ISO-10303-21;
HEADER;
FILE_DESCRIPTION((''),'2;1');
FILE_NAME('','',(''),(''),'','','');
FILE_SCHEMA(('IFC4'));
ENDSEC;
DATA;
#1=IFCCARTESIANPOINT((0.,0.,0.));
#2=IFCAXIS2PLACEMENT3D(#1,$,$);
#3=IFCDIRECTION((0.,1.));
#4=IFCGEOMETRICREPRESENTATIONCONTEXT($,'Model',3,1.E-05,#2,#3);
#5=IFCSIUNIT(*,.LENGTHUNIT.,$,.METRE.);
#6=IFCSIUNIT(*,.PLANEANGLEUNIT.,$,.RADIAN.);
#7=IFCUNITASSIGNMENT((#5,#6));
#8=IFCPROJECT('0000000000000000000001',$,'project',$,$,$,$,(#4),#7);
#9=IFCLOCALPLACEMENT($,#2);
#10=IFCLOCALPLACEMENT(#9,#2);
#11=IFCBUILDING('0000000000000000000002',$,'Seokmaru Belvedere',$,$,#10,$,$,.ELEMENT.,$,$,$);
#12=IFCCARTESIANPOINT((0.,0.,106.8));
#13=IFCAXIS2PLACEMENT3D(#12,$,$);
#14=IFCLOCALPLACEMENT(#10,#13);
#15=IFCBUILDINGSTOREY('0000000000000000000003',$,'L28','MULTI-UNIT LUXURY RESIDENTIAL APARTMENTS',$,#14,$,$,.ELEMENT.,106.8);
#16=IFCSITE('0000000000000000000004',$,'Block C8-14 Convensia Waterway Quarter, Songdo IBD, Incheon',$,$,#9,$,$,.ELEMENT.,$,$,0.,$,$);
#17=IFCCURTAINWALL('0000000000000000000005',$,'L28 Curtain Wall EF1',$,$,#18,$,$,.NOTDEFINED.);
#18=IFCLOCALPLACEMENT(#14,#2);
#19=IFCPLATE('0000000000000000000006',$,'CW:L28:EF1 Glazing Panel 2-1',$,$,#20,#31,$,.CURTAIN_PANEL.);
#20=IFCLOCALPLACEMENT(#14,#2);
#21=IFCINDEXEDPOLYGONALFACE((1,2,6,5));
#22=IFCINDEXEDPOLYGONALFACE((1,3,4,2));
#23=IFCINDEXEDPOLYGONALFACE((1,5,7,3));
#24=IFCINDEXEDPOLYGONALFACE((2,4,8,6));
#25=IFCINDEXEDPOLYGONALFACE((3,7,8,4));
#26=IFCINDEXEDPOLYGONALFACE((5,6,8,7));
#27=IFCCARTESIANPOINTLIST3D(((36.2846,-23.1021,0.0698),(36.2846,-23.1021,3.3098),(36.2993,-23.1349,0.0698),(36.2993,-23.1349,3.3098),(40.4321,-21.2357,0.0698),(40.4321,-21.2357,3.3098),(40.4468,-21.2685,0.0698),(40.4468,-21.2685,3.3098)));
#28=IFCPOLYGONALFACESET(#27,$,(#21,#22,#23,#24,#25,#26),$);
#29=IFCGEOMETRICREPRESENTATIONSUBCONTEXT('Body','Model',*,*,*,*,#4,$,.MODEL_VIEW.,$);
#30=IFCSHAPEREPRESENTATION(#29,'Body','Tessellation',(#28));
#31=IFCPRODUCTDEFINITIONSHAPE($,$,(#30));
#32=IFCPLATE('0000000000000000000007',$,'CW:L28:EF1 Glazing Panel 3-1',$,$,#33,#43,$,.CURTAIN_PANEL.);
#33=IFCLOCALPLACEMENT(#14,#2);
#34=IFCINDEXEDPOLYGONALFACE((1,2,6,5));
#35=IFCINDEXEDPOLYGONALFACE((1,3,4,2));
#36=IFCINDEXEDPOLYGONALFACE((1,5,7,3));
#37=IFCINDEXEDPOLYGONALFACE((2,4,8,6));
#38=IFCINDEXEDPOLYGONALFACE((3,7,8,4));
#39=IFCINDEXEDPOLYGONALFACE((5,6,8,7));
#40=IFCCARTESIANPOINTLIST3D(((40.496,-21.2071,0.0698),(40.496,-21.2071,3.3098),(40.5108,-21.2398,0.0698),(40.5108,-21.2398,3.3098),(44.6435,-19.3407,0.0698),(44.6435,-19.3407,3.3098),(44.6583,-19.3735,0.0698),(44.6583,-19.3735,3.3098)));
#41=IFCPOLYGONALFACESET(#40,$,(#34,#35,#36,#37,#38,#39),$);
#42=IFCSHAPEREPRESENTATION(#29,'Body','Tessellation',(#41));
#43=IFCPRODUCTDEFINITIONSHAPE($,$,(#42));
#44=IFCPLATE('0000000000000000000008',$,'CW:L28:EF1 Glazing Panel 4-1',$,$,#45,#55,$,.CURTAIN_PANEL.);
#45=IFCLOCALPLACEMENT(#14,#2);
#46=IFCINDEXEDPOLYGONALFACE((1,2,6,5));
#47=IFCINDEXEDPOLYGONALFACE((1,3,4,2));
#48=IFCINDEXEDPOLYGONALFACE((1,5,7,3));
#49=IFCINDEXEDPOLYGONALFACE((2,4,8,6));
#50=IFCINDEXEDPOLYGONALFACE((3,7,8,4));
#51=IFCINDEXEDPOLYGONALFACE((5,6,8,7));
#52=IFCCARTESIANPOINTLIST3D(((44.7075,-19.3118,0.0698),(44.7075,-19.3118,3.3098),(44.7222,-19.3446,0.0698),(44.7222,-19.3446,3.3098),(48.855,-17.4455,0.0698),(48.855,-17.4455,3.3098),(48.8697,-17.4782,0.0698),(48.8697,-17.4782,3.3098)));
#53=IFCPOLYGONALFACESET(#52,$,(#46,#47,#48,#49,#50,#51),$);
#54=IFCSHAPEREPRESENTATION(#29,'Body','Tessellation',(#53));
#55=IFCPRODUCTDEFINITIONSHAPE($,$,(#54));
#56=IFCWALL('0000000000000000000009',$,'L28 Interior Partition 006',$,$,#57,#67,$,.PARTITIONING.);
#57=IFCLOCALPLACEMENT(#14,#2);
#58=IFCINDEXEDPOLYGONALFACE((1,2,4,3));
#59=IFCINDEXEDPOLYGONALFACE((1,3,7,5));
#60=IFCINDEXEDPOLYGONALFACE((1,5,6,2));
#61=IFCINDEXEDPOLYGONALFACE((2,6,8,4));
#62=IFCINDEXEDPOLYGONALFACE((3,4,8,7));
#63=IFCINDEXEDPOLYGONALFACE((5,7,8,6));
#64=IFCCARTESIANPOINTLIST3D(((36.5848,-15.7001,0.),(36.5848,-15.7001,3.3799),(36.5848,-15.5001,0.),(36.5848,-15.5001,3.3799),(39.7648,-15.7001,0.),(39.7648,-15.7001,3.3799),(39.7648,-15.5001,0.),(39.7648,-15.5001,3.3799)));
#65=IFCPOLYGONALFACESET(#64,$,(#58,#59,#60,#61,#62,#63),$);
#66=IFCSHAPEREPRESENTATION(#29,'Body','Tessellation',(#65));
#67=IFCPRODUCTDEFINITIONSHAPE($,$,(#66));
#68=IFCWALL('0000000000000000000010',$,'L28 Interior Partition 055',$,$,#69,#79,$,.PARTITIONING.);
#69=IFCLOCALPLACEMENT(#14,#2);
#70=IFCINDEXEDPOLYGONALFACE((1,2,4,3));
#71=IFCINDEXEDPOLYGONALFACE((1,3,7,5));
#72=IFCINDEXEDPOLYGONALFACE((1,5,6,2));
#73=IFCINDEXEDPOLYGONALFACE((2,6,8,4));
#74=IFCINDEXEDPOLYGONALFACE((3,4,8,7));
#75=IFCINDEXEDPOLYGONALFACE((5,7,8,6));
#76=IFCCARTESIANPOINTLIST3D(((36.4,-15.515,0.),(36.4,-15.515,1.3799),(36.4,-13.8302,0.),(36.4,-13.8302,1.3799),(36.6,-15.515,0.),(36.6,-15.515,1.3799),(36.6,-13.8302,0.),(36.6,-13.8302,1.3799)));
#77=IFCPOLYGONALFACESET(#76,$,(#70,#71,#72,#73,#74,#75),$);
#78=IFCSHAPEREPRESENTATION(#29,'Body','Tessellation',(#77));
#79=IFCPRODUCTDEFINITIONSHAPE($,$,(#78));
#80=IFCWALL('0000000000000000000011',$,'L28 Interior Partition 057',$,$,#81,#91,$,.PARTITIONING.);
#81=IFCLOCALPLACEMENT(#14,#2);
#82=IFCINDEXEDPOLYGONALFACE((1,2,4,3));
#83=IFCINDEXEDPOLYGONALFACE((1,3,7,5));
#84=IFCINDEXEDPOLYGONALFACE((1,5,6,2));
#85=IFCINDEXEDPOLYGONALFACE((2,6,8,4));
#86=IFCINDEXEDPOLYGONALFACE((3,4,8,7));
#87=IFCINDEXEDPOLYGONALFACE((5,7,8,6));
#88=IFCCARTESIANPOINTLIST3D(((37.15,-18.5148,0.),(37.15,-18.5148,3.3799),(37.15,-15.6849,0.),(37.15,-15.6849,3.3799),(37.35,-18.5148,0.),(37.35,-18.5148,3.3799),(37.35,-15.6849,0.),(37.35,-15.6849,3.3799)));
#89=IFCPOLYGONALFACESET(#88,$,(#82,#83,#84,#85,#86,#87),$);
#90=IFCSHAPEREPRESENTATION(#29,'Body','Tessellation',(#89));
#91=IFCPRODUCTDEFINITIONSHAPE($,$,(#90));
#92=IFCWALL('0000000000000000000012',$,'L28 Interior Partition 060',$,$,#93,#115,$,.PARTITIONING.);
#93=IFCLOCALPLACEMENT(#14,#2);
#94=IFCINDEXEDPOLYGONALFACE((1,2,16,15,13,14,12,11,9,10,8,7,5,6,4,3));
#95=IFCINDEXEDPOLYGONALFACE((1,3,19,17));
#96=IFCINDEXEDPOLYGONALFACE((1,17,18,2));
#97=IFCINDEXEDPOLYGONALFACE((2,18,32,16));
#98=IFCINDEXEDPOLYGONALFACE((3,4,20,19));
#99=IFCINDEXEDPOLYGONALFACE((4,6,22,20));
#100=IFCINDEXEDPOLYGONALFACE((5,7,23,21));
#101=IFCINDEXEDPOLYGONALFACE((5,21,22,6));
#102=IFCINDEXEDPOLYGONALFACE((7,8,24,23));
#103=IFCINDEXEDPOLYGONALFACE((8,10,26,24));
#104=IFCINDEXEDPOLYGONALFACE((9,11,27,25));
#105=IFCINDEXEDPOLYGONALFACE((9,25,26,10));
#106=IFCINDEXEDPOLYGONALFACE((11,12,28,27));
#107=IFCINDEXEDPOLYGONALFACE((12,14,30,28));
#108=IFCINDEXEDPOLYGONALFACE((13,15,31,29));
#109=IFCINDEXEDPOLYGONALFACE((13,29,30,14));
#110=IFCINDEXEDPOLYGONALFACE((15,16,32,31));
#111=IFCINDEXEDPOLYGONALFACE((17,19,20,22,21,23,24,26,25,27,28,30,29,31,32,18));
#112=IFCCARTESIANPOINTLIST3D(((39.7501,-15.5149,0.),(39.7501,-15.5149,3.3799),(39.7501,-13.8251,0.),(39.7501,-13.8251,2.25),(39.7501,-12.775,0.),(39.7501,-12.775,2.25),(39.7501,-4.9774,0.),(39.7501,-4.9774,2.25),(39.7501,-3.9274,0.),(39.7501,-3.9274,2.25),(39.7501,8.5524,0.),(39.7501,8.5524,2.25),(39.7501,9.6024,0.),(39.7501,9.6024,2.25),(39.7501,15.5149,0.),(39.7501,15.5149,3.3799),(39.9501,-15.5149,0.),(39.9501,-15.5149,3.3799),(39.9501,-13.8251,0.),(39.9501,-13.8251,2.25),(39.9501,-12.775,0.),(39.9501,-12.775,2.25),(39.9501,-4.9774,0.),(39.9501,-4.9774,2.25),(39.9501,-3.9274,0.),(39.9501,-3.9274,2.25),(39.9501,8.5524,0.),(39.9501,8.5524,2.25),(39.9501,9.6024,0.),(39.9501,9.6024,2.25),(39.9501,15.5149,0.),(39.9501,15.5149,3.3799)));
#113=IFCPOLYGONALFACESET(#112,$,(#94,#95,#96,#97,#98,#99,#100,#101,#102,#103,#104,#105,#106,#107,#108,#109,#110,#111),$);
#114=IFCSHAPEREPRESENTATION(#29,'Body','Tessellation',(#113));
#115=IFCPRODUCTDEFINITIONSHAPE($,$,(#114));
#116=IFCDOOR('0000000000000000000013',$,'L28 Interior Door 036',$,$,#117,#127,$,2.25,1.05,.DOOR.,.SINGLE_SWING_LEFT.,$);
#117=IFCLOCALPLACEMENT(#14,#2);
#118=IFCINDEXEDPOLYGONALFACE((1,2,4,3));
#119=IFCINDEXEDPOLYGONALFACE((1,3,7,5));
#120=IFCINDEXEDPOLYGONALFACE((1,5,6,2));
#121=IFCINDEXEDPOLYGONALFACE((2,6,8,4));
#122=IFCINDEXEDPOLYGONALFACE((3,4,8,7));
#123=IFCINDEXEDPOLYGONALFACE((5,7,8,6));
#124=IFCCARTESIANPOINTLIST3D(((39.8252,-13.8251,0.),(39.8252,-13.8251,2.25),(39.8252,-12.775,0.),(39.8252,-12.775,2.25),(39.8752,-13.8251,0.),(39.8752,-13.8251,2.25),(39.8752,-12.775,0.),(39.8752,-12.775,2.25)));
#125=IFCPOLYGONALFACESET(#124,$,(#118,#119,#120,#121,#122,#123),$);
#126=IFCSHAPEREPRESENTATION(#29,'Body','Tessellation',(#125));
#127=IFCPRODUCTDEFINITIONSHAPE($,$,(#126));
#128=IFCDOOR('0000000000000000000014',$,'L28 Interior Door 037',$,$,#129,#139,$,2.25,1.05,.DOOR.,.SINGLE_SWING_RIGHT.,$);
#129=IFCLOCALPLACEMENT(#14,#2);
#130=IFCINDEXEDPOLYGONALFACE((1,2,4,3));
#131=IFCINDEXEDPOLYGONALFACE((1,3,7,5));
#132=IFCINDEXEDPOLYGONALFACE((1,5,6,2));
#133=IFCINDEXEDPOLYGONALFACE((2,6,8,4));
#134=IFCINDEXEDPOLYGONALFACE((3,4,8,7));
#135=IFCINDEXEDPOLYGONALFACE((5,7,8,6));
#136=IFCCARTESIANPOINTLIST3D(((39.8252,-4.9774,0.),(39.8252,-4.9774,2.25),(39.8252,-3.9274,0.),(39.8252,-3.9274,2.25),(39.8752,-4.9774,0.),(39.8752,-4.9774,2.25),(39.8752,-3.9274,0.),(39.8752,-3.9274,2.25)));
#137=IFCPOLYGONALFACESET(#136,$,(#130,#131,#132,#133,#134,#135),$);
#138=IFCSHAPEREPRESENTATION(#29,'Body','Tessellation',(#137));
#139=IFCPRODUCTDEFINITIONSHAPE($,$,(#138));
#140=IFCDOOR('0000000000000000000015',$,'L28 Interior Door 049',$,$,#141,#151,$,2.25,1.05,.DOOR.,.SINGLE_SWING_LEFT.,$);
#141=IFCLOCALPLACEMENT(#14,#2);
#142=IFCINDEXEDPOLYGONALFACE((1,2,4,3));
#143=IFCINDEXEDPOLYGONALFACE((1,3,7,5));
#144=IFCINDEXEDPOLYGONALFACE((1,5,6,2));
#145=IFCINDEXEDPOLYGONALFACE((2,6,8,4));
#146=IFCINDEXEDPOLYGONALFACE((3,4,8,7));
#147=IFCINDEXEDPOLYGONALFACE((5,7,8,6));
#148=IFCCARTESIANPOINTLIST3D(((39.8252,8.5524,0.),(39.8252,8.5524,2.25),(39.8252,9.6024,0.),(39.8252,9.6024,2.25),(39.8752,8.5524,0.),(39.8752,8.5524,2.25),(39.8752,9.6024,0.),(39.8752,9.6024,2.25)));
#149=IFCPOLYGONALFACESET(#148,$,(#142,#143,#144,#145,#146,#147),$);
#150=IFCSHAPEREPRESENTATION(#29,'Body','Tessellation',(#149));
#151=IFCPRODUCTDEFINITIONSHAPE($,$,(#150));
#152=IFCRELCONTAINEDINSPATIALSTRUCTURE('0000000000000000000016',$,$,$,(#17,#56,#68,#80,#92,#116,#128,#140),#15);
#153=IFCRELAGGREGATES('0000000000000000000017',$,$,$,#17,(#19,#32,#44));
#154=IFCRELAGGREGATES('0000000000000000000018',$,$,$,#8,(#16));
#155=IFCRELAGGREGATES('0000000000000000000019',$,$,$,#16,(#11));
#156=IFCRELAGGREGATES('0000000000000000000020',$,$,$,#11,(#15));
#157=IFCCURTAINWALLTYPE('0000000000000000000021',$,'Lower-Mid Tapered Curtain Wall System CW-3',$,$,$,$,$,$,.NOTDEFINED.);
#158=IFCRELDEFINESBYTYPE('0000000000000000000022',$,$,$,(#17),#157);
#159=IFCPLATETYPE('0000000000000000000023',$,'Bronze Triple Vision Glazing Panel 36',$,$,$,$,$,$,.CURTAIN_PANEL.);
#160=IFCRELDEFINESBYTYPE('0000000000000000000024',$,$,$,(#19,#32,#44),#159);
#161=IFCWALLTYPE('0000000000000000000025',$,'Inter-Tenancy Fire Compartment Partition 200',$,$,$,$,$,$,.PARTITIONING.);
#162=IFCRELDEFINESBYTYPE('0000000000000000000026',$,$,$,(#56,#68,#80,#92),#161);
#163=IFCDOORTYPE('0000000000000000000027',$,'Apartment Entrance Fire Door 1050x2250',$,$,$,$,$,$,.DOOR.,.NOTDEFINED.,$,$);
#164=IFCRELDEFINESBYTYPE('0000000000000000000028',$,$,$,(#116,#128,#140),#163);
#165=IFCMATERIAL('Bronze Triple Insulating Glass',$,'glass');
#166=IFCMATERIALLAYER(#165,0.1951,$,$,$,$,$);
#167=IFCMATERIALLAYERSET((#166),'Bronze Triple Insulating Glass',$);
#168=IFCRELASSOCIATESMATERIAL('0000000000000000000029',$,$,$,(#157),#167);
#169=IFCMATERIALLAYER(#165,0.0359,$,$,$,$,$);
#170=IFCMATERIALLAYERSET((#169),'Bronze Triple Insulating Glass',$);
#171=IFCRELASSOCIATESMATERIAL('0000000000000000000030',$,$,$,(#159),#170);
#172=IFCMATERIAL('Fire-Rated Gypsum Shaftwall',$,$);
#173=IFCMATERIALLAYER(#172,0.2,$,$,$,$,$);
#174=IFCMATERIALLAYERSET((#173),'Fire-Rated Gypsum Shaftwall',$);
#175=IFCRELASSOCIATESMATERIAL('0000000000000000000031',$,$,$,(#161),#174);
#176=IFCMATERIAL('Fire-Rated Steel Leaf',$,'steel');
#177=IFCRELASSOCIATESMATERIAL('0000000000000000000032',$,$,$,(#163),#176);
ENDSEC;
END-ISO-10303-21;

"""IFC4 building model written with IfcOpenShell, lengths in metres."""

from ifc_helpers import new_model, si_unit, direction, frame, frame_2d, origin, origin_2d, place, context, subcontext, project, spatial, rectangle, extrude, source, transform, mapped, material, layer, layer_set, type_object, type_shapes, element, fill, aggregate, save


model = new_model("IFC4")

# Units and contexts
model_context = context("Model", 3, precision=1e-05, world=origin(), true_north=direction((0.0, 1.0)))
body_context = subcontext(model_context, "Body", "Model", "MODEL_VIEW")
ifc_project = project(units=[si_unit("LENGTHUNIT", "METRE"), si_unit("PLANEANGLEUNIT", "RADIAN")], contexts=[model_context])

# Site, building, storey
site_placement = place(None, origin())
site = spatial("IfcSite", under=ifc_project, at=site_placement, Name="Block C8-14 Convensia Waterway Quarter, Songdo IBD, Incheon", CompositionType="ELEMENT", RefElevation=0.0)
building_placement = place(site_placement, origin())
building = spatial("IfcBuilding", under=site, at=building_placement, Name="Seokmaru Belvedere", CompositionType="ELEMENT")
storey_placement = place(building_placement, frame((0.0, 0.0, 106.8)))
storey = spatial("IfcBuildingStorey", under=building, at=storey_placement, Name="L28", Description="MULTI-UNIT LUXURY RESIDENTIAL APARTMENTS", CompositionType="ELEMENT", Elevation=106.8)

# Curtain wall, plates
ifc_material_1 = material(Name="Bronze Triple Insulating Glass", Category="glass")
ifc_layer_1 = layer(ifc_material_1, 0.1951)
ifc_layer_set_1 = layer_set([ifc_layer_1], Name="Bronze Triple Insulating Glass")
curtain_wall_type = type_object("IfcCurtainWallType", Name="Lower-Mid Tapered Curtain Wall System CW-3", PredefinedType="NOTDEFINED", material=ifc_layer_set_1)
curtain_wall_placement = place(storey_placement, origin())
curtain_wall = element("IfcCurtainWall", 1, at=curtain_wall_placement, inside=storey, type_object=curtain_wall_type, Name="L28 Curtain Wall EF1", PredefinedType="NOTDEFINED")
ifc_layer_2 = layer(ifc_material_1, 0.0359)
ifc_layer_set_2 = layer_set([ifc_layer_2], Name="Bronze Triple Insulating Glass")
plate_type = type_object("IfcPlateType", Name="Bronze Triple Vision Glazing Panel 36", PredefinedType="CURTAIN_PANEL", material=ifc_layer_set_2)
shared_shape_1 = source(origin(), body_context, "Body", "SweptSolid", [
    extrude(rectangle(XDim=4.5481, YDim=0.0359, at=origin_2d()), origin(), (0.0, 0.0, 1.0), 3.24),
])
type_shapes(plate_type, [shared_shape_1])
plate_1_placement = place(storey_placement, frame((38.3657, -22.1853, 0.0698), z_axis=(0.0, 0.0, 1.0), x_axis=(0.911921, 0.410366, 0.0)))
plate_1 = element("IfcPlate", 2, at=plate_1_placement, type_object=plate_type, Name="CW:L28:EF1 Glazing Panel 2-1", PredefinedType="CURTAIN_PANEL", context=body_context, shape_type="MappedRepresentation", body=[
    mapped(shared_shape_1, transform((0.0, 0.0, 0.0), scale=1.0)),
])
plate_2_placement = place(storey_placement, frame((42.5771, -20.2903, 0.0698), z_axis=(0.0, 0.0, 1.0), x_axis=(0.911921, 0.410366, 0.0)))
plate_2 = element("IfcPlate", 3, at=plate_2_placement, type_object=plate_type, Name="CW:L28:EF1 Glazing Panel 3-1", PredefinedType="CURTAIN_PANEL", context=body_context, shape_type="MappedRepresentation", body=[
    mapped(shared_shape_1, transform((0.0, 0.0, 0.0), scale=1.0)),
])
plate_3_placement = place(storey_placement, frame((46.7886, -18.395, 0.0698), z_axis=(0.0, 0.0, 1.0), x_axis=(0.911921, 0.410366, 0.0)))
plate_3 = element("IfcPlate", 4, at=plate_3_placement, type_object=plate_type, Name="CW:L28:EF1 Glazing Panel 4-1", PredefinedType="CURTAIN_PANEL", context=body_context, shape_type="MappedRepresentation", body=[
    mapped(shared_shape_1, transform((0.0, 0.0, 0.0), scale=1.0)),
])
aggregate(curtain_wall, [plate_1, plate_2, plate_3])

# Walls
ifc_material_2 = material(Name="Fire-Rated Gypsum Shaftwall")
ifc_layer_3 = layer(ifc_material_2, 0.2)
ifc_layer_set_3 = layer_set([ifc_layer_3], Name="Fire-Rated Gypsum Shaftwall")
wall_type = type_object("IfcWallType", Name="Inter-Tenancy Fire Compartment Partition 200", PredefinedType="PARTITIONING", material=ifc_layer_set_3)
wall_1_placement = place(storey_placement, frame((36.585, -15.6001, 0.0), z_axis=(0.0, 0.0, 1.0), x_axis=(1.0, 0.0, 0.0)))
element("IfcWall", 5, at=wall_1_placement, inside=storey, type_object=wall_type, Name="L28 Interior Partition 006", PredefinedType="PARTITIONING", context=body_context, shape_type="SweptSolid", body=[
    extrude(rectangle(XDim=3.1799, YDim=0.2, at=frame_2d((1.5898, 0.0))), origin(), (0.0, 0.0, 1.0), 3.3799),
])
wall_2_placement = place(storey_placement, frame((36.5, -15.5149, 0.0), z_axis=(0.0, 0.0, 1.0), x_axis=(0.0, 1.0, 0.0)))
element("IfcWall", 6, at=wall_2_placement, inside=storey, type_object=wall_type, Name="L28 Interior Partition 055", PredefinedType="PARTITIONING", context=body_context, shape_type="SweptSolid", body=[
    extrude(rectangle(XDim=1.6848, YDim=0.2, at=frame_2d((0.8423, 0.0))), origin(), (0.0, 0.0, 1.0), 1.3799),
])
wall_3_placement = place(storey_placement, frame((37.25, -18.5149, 0.0), z_axis=(0.0, 0.0, 1.0), x_axis=(0.0, 1.0, 0.0)))
element("IfcWall", 7, at=wall_3_placement, inside=storey, type_object=wall_type, Name="L28 Interior Partition 057", PredefinedType="PARTITIONING", context=body_context, shape_type="SweptSolid", body=[
    extrude(rectangle(XDim=2.8298, YDim=0.2, at=frame_2d((1.415, 0.0))), origin(), (0.0, 0.0, 1.0), 3.3799),
])

# Wall, openings, doors
wall_4_placement = place(storey_placement, frame((39.8501, -15.5149, 0.0), z_axis=(0.0, 0.0, 1.0), x_axis=(0.0, 1.0, 0.0)))
wall_4 = element("IfcWall", 8, at=wall_4_placement, inside=storey, type_object=wall_type, Name="L28 Interior Partition 060", PredefinedType="PARTITIONING", context=body_context, shape_type="SweptSolid", body=[
    extrude(rectangle(XDim=31.0298, YDim=0.2, at=frame_2d((15.5149, 0.0))), origin(), (0.0, 0.0, 1.0), 3.3799),
])
opening_1_placement = place(wall_4_placement, frame((1.6899, 0.0, 0.0)))
opening_1 = element("IfcOpeningElement", 9, at=opening_1_placement, cuts=wall_4, PredefinedType="OPENING", context=body_context, shape_type="SweptSolid", body=[
    extrude(rectangle(XDim=1.05, YDim=2.25, at=frame_2d((0.5249, 1.125))), frame((0.0, 0.1099, 0.0), z_axis=(0.0, -1.0, 0.0), x_axis=(1.0, 0.0, 0.0)), (0.0, 0.0, 1.0), 0.22),
])
opening_2_placement = place(wall_4_placement, frame((10.5376, 0.0, 0.0)))
opening_2 = element("IfcOpeningElement", 10, at=opening_2_placement, cuts=wall_4, PredefinedType="OPENING", context=body_context, shape_type="SweptSolid", body=[
    extrude(rectangle(XDim=1.05, YDim=2.25, at=frame_2d((0.5249, 1.125))), frame((0.0, 0.1099, 0.0), z_axis=(0.0, -1.0, 0.0), x_axis=(1.0, 0.0, 0.0)), (0.0, 0.0, 1.0), 0.22),
])
opening_3_placement = place(wall_4_placement, frame((24.0674, 0.0, 0.0)))
opening_3 = element("IfcOpeningElement", 11, at=opening_3_placement, cuts=wall_4, PredefinedType="OPENING", context=body_context, shape_type="SweptSolid", body=[
    extrude(rectangle(XDim=1.05, YDim=2.25, at=frame_2d((0.5249, 1.125))), frame((0.0, 0.1099, 0.0), z_axis=(0.0, -1.0, 0.0), x_axis=(1.0, 0.0, 0.0)), (0.0, 0.0, 1.0), 0.22),
])
ifc_material_3 = material(Name="Fire-Rated Steel Leaf", Category="steel")
door_type = type_object("IfcDoorType", Name="Apartment Entrance Fire Door 1050x2250", OperationType="NOTDEFINED", PredefinedType="DOOR", material=ifc_material_3)
shared_shape_2 = source(origin(), body_context, "Body", "SweptSolid", [
    extrude(rectangle(XDim=1.05, YDim=2.25, at=frame_2d((0.5249, 1.125))), frame((0.0, 0.0249, 0.0), z_axis=(0.0, -1.0, 0.0), x_axis=(1.0, 0.0, 0.0)), (0.0, 0.0, 1.0), 0.05),
])
type_shapes(door_type, [shared_shape_2])
door_1_placement = place(opening_1_placement, origin())
door_1 = element("IfcDoor", 12, at=door_1_placement, inside=storey, type_object=door_type, Name="L28 Interior Door 036", OperationType="SINGLE_SWING_LEFT", OverallHeight=2.25, OverallWidth=1.05, PredefinedType="DOOR", context=body_context, shape_type="MappedRepresentation", body=[
    mapped(shared_shape_2, transform((0.0, 0.0, 0.0), scale=1.0)),
])
fill(opening_1, door_1)
door_2_placement = place(opening_2_placement, origin())
door_2 = element("IfcDoor", 13, at=door_2_placement, inside=storey, type_object=door_type, Name="L28 Interior Door 037", OperationType="SINGLE_SWING_RIGHT", OverallHeight=2.25, OverallWidth=1.05, PredefinedType="DOOR", context=body_context, shape_type="MappedRepresentation", body=[
    mapped(shared_shape_2, transform((0.0, 0.0, 0.0), scale=1.0)),
])
fill(opening_2, door_2)
door_3_placement = place(opening_3_placement, origin())
door_3 = element("IfcDoor", 14, at=door_3_placement, inside=storey, type_object=door_type, Name="L28 Interior Door 049", OperationType="SINGLE_SWING_LEFT", OverallHeight=2.25, OverallWidth=1.05, PredefinedType="DOOR", context=body_context, shape_type="MappedRepresentation", body=[
    mapped(shared_shape_2, transform((0.0, 0.0, 0.0), scale=1.0)),
])
fill(opening_3, door_3)

save(model, "model.ifc")
